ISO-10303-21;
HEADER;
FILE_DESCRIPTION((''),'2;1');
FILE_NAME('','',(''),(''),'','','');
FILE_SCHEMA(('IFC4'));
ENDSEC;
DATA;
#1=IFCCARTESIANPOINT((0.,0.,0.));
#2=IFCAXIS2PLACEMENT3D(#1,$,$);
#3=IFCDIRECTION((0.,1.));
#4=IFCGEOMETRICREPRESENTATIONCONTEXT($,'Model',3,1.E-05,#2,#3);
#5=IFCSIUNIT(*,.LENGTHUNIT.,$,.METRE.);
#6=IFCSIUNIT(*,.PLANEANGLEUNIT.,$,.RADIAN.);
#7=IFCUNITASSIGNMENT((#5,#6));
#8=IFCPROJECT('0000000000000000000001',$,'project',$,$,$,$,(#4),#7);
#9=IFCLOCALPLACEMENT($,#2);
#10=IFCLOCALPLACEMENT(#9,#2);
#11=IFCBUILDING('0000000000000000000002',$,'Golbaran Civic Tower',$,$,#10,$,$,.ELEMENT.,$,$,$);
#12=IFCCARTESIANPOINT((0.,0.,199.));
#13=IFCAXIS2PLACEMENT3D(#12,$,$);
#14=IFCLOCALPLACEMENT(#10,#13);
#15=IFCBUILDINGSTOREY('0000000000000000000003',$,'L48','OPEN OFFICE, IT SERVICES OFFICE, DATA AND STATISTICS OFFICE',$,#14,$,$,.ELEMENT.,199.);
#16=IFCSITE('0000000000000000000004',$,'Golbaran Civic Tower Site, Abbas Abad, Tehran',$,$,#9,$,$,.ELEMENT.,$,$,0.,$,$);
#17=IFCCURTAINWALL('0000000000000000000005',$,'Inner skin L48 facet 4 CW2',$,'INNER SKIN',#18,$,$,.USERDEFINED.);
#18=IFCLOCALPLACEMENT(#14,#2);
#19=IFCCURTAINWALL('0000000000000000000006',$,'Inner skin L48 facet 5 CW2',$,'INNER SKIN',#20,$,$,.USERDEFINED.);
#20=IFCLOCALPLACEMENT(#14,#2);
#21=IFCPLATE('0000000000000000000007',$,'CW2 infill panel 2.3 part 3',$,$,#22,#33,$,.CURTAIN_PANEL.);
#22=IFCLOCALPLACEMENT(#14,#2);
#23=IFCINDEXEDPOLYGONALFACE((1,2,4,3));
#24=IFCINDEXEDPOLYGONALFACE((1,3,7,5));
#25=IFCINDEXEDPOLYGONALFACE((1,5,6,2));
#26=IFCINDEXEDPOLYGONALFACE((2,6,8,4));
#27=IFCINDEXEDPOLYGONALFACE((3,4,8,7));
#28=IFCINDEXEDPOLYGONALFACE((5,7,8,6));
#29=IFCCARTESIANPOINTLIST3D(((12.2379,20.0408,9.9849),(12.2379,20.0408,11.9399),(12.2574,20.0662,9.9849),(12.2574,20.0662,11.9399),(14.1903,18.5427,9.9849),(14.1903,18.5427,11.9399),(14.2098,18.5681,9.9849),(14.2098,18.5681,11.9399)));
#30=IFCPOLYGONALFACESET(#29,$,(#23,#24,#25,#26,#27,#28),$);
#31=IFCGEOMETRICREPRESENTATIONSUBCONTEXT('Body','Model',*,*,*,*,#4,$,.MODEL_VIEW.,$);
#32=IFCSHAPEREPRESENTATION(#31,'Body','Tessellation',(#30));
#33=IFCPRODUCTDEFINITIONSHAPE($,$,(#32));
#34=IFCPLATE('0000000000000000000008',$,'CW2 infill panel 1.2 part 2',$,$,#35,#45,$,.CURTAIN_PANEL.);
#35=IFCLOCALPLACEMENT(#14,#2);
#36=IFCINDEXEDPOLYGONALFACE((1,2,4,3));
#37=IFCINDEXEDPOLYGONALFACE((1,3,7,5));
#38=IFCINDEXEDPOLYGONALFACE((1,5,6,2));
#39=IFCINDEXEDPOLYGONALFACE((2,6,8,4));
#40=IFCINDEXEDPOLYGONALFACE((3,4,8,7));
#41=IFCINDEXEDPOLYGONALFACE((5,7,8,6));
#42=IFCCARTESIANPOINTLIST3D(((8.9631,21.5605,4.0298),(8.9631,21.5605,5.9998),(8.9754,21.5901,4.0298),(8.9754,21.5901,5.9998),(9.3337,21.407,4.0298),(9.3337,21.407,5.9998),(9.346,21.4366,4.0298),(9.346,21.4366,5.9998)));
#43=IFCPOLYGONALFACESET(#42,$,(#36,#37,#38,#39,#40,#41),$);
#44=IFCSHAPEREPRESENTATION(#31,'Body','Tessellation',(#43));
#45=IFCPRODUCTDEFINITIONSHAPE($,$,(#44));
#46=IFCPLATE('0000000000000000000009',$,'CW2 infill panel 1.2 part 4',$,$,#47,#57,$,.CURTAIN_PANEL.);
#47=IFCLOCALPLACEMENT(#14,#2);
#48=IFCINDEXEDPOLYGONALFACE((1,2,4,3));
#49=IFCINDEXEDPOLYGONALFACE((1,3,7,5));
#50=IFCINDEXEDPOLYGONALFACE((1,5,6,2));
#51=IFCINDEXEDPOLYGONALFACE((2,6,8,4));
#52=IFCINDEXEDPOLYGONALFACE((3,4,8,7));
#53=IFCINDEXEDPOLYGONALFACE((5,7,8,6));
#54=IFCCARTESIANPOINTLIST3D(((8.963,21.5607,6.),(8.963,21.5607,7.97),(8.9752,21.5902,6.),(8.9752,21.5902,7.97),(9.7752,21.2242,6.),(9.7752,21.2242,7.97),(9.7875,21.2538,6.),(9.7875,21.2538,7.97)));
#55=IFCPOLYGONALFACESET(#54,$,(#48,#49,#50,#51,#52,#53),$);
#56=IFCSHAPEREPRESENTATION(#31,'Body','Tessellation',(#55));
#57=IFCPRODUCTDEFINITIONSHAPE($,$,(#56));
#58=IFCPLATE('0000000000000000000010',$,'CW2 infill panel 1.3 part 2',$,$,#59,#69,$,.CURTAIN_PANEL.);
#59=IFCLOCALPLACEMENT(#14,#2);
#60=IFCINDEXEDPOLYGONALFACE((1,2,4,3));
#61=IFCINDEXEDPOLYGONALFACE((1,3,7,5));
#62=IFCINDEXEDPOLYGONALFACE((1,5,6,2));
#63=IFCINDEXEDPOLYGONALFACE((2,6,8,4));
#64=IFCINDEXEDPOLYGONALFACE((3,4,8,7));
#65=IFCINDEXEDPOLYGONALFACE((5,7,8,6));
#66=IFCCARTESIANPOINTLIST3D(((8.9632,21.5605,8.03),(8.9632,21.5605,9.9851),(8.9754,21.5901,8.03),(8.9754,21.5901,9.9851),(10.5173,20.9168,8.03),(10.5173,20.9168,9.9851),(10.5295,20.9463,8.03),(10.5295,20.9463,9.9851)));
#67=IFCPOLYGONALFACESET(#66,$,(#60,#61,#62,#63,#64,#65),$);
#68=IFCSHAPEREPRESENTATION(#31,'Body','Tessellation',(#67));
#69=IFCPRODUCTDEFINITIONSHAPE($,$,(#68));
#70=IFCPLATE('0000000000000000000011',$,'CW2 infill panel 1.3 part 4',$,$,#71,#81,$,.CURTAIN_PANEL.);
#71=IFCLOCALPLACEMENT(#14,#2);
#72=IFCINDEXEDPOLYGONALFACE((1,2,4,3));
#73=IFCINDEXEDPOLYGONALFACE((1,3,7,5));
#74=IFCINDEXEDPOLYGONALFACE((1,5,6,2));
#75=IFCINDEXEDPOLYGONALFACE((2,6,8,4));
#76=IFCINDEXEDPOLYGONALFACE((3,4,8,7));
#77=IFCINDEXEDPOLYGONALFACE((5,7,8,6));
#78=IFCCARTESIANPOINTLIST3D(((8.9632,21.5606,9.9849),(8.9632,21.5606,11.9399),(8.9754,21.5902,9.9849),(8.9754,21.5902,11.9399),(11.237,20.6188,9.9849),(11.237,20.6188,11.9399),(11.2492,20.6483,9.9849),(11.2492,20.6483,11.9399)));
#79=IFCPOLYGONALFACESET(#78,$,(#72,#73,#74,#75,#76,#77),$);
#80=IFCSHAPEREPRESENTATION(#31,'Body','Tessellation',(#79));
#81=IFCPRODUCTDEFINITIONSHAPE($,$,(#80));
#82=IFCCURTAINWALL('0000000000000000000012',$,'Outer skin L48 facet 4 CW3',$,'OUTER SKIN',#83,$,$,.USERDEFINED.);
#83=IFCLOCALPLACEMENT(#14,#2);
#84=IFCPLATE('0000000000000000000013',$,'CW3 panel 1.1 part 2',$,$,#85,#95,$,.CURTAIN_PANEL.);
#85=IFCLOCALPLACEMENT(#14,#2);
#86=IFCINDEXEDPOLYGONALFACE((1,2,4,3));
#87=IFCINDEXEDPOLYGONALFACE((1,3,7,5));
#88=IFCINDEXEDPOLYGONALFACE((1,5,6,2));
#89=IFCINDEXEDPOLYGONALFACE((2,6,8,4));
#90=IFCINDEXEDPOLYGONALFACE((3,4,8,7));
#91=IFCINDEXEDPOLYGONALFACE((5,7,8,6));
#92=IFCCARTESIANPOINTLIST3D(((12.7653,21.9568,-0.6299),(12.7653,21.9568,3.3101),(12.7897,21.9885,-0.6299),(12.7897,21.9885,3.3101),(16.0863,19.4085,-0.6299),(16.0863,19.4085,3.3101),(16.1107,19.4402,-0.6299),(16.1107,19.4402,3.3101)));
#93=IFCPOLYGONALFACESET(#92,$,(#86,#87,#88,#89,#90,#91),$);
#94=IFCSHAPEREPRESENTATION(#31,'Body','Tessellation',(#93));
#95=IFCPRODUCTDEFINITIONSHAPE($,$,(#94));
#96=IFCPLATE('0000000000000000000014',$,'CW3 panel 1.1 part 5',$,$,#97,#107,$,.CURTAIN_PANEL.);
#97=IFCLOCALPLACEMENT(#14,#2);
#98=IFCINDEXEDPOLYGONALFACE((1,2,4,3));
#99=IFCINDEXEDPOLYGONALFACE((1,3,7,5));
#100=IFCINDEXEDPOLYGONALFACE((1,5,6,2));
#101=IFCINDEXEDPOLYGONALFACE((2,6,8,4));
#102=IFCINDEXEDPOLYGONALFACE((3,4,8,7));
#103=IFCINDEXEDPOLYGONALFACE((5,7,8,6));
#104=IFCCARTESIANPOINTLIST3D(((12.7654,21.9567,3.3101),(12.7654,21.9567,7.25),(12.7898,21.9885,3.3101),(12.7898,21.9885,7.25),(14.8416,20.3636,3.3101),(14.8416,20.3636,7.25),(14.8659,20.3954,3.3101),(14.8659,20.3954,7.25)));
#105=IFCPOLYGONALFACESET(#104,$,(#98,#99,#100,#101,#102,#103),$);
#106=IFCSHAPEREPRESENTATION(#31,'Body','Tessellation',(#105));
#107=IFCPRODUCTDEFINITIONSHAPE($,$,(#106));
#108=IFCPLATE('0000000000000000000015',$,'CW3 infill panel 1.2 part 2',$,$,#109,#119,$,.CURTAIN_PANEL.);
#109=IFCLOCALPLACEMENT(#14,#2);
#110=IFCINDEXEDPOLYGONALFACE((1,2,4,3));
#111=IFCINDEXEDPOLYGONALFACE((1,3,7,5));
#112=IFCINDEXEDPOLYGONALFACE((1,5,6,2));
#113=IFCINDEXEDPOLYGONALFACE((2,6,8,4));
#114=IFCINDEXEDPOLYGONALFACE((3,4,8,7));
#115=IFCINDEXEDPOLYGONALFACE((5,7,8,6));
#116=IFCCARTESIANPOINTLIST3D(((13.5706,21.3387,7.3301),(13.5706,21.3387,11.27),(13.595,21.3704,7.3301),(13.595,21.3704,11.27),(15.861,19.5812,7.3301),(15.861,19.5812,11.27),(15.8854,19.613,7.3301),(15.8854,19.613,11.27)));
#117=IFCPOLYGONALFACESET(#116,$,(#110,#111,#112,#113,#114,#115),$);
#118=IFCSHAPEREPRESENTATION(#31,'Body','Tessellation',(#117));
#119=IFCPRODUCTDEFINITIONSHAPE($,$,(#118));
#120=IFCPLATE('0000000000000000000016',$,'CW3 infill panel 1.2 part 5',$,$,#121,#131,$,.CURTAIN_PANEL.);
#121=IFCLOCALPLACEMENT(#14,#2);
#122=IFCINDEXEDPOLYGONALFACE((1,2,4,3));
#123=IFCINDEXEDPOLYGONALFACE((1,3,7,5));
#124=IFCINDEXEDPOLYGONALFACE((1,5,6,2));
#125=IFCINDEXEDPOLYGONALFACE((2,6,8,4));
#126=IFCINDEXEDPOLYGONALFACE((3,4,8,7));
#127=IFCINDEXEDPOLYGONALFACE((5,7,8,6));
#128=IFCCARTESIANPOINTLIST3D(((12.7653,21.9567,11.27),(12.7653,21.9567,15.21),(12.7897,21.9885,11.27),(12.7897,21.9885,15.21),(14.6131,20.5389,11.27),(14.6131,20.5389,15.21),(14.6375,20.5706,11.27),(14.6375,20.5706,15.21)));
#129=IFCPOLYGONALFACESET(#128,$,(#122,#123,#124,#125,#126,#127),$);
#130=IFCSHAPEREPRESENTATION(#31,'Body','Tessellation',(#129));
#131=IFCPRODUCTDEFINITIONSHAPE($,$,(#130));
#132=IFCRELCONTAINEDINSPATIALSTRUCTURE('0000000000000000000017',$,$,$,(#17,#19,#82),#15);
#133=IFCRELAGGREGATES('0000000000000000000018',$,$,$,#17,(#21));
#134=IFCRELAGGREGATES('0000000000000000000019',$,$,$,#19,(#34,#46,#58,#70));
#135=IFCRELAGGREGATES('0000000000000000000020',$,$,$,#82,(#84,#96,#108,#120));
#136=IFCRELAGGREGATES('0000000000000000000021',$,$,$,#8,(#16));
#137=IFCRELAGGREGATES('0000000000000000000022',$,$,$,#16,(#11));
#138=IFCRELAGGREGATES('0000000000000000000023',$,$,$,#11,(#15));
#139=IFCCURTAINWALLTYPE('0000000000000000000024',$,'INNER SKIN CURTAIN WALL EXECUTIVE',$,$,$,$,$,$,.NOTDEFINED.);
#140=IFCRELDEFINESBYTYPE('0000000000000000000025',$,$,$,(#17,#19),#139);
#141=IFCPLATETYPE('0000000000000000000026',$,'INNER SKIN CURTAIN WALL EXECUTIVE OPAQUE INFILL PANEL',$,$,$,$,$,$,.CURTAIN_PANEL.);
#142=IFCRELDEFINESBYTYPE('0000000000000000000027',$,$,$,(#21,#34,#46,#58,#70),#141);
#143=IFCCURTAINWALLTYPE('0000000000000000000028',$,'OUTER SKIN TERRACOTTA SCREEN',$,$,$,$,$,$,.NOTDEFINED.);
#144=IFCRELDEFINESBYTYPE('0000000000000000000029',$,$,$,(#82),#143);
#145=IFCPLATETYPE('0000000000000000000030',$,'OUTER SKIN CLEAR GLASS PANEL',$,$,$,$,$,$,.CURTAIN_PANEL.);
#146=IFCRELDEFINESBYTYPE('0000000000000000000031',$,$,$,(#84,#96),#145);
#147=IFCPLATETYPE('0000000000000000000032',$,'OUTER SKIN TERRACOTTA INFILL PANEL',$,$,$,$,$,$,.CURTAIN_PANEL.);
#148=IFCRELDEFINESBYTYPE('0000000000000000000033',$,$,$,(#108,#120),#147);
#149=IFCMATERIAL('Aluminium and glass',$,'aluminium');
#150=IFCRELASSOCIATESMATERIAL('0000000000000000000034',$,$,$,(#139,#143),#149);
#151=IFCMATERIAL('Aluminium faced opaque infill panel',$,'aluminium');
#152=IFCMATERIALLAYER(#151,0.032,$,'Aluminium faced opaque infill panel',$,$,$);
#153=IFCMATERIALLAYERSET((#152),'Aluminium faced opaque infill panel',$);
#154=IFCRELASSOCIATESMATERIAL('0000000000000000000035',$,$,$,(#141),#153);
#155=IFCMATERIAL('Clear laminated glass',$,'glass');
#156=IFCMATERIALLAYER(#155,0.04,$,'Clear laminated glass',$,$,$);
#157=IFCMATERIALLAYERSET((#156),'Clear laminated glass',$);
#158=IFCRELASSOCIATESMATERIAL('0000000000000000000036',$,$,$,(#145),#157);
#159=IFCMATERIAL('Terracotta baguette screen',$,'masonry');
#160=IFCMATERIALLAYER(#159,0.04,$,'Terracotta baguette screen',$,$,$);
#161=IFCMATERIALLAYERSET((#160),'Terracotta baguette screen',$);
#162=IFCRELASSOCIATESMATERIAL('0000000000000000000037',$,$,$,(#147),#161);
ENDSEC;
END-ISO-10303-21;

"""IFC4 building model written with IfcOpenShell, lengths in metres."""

from ifc_helpers import new_model, si_unit, direction, frame, origin, origin_2d, place, context, subcontext, project, spatial, rectangle, extrude, material, layer, layer_set, type_object, element, aggregate, save


model = new_model("IFC4")

# Units and contexts
model_context = context("Model", 3, precision=1e-05, world=origin(), true_north=direction((0.0, 1.0)))
body_context = subcontext(model_context, "Body", "Model", "MODEL_VIEW")
ifc_project = project(units=[si_unit("LENGTHUNIT", "METRE"), si_unit("PLANEANGLEUNIT", "RADIAN")], contexts=[model_context])

# Site, building, storey
site_placement = place(None, origin())
site = spatial("IfcSite", under=ifc_project, at=site_placement, Name="Golbaran Civic Tower Site, Abbas Abad, Tehran", CompositionType="ELEMENT", RefElevation=0.0)
building_placement = place(site_placement, origin())
building = spatial("IfcBuilding", under=site, at=building_placement, Name="Golbaran Civic Tower", CompositionType="ELEMENT")
storey_placement = place(building_placement, frame((0.0, 0.0, 199.0)))
storey = spatial("IfcBuildingStorey", under=building, at=storey_placement, Name="L48", Description="OPEN OFFICE, IT SERVICES OFFICE, DATA AND STATISTICS OFFICE", CompositionType="ELEMENT", Elevation=199.0)

# Curtain walls
ifc_material_1 = material(Name="Aluminium and glass", Category="aluminium")
curtain_wall_type_1 = type_object("IfcCurtainWallType", Name="INNER SKIN CURTAIN WALL EXECUTIVE", PredefinedType="NOTDEFINED", material=ifc_material_1)
curtain_wall_1_placement = place(storey_placement, origin())
curtain_wall_1 = element("IfcCurtainWall", 1, at=curtain_wall_1_placement, inside=storey, type_object=curtain_wall_type_1, Name="Inner skin L48 facet 4 CW2", ObjectType="INNER SKIN", PredefinedType="USERDEFINED")
curtain_wall_2_placement = place(storey_placement, origin())
curtain_wall_2 = element("IfcCurtainWall", 2, at=curtain_wall_2_placement, inside=storey, type_object=curtain_wall_type_1, Name="Inner skin L48 facet 5 CW2", ObjectType="INNER SKIN", PredefinedType="USERDEFINED")

# Plates
ifc_material_2 = material(Name="Aluminium faced opaque infill panel", Category="aluminium")
ifc_layer_1 = layer(ifc_material_2, 0.032, Name="Aluminium faced opaque infill panel")
ifc_layer_set_1 = layer_set([ifc_layer_1], Name="Aluminium faced opaque infill panel")
plate_type_1 = type_object("IfcPlateType", Name="INNER SKIN CURTAIN WALL EXECUTIVE OPAQUE INFILL PANEL", PredefinedType="CURTAIN_PANEL", material=ifc_layer_set_1)
plate_1_placement = place(storey_placement, frame((13.2239, 19.3044, 9.9849), z_axis=(0.0, 0.0, 1.0), x_axis=(-0.793353, 0.608761, 0.0)))
plate_1 = element("IfcPlate", 3, at=plate_1_placement, type_object=plate_type_1, Name="CW2 infill panel 2.3 part 3", PredefinedType="CURTAIN_PANEL", context=body_context, shape_type="SweptSolid", body=[
    extrude(rectangle(XDim=2.4609, YDim=0.032, at=origin_2d()), origin(), (0.0, 0.0, 1.0), 1.9551),
])
aggregate(curtain_wall_1, [plate_1])
plate_2_placement = place(storey_placement, frame((9.1545, 21.4985, 4.0298), z_axis=(0.0, 0.0, 1.0), x_axis=(-0.92388, 0.382683, 0.0)))
plate_2 = element("IfcPlate", 4, at=plate_2_placement, type_object=plate_type_1, Name="CW2 infill panel 1.2 part 2", PredefinedType="CURTAIN_PANEL", context=body_context, shape_type="SweptSolid", body=[
    extrude(rectangle(XDim=0.4011, YDim=0.032, at=origin_2d()), origin(), (0.0, 0.0, 1.0), 1.97),
])
plate_3_placement = place(storey_placement, frame((9.3752, 21.4072, 6.0), z_axis=(0.0, 0.0, 1.0), x_axis=(-0.92388, 0.382683, 0.0)))
plate_3 = element("IfcPlate", 5, at=plate_3_placement, type_object=plate_type_1, Name="CW2 infill panel 1.2 part 4", PredefinedType="CURTAIN_PANEL", context=body_context, shape_type="SweptSolid", body=[
    extrude(rectangle(XDim=0.8792, YDim=0.032, at=origin_2d()), origin(), (0.0, 0.0, 1.0), 1.97),
])
plate_4_placement = place(storey_placement, frame((9.7463, 21.2534, 8.03), z_axis=(0.0, 0.0, 1.0), x_axis=(-0.92388, 0.382683, 0.0)))
plate_4 = element("IfcPlate", 6, at=plate_4_placement, type_object=plate_type_1, Name="CW2 infill panel 1.3 part 2", PredefinedType="CURTAIN_PANEL", context=body_context, shape_type="SweptSolid", body=[
    extrude(rectangle(XDim=1.6821, YDim=0.032, at=origin_2d()), origin(), (0.0, 0.0, 1.0), 1.9551),
])
plate_5_placement = place(storey_placement, frame((10.1062, 21.1045, 9.9849), z_axis=(0.0, 0.0, 1.0), x_axis=(-0.92388, 0.382683, 0.0)))
plate_5 = element("IfcPlate", 7, at=plate_5_placement, type_object=plate_type_1, Name="CW2 infill panel 1.3 part 4", PredefinedType="CURTAIN_PANEL", context=body_context, shape_type="SweptSolid", body=[
    extrude(rectangle(XDim=2.4612, YDim=0.032, at=origin_2d()), origin(), (0.0, 0.0, 1.0), 1.9551),
])
aggregate(curtain_wall_2, [plate_2, plate_3, plate_4, plate_5])

# Curtain wall, plates
curtain_wall_type_2 = type_object("IfcCurtainWallType", Name="OUTER SKIN TERRACOTTA SCREEN", PredefinedType="NOTDEFINED", material=ifc_material_1)
curtain_wall_3_placement = place(storey_placement, origin())
curtain_wall_3 = element("IfcCurtainWall", 8, at=curtain_wall_3_placement, inside=storey, type_object=curtain_wall_type_2, Name="Outer skin L48 facet 4 CW3", ObjectType="OUTER SKIN", PredefinedType="USERDEFINED")
ifc_material_3 = material(Name="Clear laminated glass", Category="glass")
ifc_layer_2 = layer(ifc_material_3, 0.04, Name="Clear laminated glass")
ifc_layer_set_2 = layer_set([ifc_layer_2], Name="Clear laminated glass")
plate_type_2 = type_object("IfcPlateType", Name="OUTER SKIN CLEAR GLASS PANEL", PredefinedType="CURTAIN_PANEL", material=ifc_layer_set_2)
plate_6_placement = place(storey_placement, frame((14.438, 20.6985, -0.6299), z_axis=(0.0, 0.0, 1.0), x_axis=(-0.793353, 0.608761, 0.0)))
plate_6 = element("IfcPlate", 9, at=plate_6_placement, type_object=plate_type_2, Name="CW3 panel 1.1 part 2", PredefinedType="CURTAIN_PANEL", context=body_context, shape_type="SweptSolid", body=[
    extrude(rectangle(XDim=4.186, YDim=0.04, at=origin_2d()), origin(), (0.0, 0.0, 1.0), 3.9399),
])
plate_7_placement = place(storey_placement, frame((13.8157, 21.176, 3.3101), z_axis=(0.0, 0.0, 1.0), x_axis=(-0.793353, 0.608761, 0.0)))
plate_7 = element("IfcPlate", 10, at=plate_7_placement, type_object=plate_type_2, Name="CW3 panel 1.1 part 5", PredefinedType="CURTAIN_PANEL", context=body_context, shape_type="SweptSolid", body=[
    extrude(rectangle(XDim=2.6169, YDim=0.04, at=origin_2d()), origin(), (0.0, 0.0, 1.0), 3.9399),
])
ifc_material_4 = material(Name="Terracotta baguette screen", Category="masonry")
ifc_layer_3 = layer(ifc_material_4, 0.04, Name="Terracotta baguette screen")
ifc_layer_set_3 = layer_set([ifc_layer_3], Name="Terracotta baguette screen")
plate_type_3 = type_object("IfcPlateType", Name="OUTER SKIN TERRACOTTA INFILL PANEL", PredefinedType="CURTAIN_PANEL", material=ifc_layer_set_3)
plate_8_placement = place(storey_placement, frame((14.728, 20.4758, 7.3301), z_axis=(0.0, 0.0, 1.0), x_axis=(-0.793353, 0.608761, 0.0)))
plate_8 = element("IfcPlate", 11, at=plate_8_placement, type_object=plate_type_3, Name="CW3 infill panel 1.2 part 2", PredefinedType="CURTAIN_PANEL", context=body_context, shape_type="SweptSolid", body=[
    extrude(rectangle(XDim=2.887, YDim=0.04, at=origin_2d()), origin(), (0.0, 0.0, 1.0), 3.9399),
])
plate_9_placement = place(storey_placement, frame((13.7014, 21.2637, 11.27), z_axis=(0.0, 0.0, 1.0), x_axis=(-0.793353, 0.608761, 0.0)))
plate_9 = element("IfcPlate", 12, at=plate_9_placement, type_object=plate_type_3, Name="CW3 infill panel 1.2 part 5", PredefinedType="CURTAIN_PANEL", context=body_context, shape_type="SweptSolid", body=[
    extrude(rectangle(XDim=2.3291, YDim=0.04, at=origin_2d()), origin(), (0.0, 0.0, 1.0), 3.9399),
])
aggregate(curtain_wall_3, [plate_6, plate_7, plate_8, plate_9])

save(model, "model.ifc")
